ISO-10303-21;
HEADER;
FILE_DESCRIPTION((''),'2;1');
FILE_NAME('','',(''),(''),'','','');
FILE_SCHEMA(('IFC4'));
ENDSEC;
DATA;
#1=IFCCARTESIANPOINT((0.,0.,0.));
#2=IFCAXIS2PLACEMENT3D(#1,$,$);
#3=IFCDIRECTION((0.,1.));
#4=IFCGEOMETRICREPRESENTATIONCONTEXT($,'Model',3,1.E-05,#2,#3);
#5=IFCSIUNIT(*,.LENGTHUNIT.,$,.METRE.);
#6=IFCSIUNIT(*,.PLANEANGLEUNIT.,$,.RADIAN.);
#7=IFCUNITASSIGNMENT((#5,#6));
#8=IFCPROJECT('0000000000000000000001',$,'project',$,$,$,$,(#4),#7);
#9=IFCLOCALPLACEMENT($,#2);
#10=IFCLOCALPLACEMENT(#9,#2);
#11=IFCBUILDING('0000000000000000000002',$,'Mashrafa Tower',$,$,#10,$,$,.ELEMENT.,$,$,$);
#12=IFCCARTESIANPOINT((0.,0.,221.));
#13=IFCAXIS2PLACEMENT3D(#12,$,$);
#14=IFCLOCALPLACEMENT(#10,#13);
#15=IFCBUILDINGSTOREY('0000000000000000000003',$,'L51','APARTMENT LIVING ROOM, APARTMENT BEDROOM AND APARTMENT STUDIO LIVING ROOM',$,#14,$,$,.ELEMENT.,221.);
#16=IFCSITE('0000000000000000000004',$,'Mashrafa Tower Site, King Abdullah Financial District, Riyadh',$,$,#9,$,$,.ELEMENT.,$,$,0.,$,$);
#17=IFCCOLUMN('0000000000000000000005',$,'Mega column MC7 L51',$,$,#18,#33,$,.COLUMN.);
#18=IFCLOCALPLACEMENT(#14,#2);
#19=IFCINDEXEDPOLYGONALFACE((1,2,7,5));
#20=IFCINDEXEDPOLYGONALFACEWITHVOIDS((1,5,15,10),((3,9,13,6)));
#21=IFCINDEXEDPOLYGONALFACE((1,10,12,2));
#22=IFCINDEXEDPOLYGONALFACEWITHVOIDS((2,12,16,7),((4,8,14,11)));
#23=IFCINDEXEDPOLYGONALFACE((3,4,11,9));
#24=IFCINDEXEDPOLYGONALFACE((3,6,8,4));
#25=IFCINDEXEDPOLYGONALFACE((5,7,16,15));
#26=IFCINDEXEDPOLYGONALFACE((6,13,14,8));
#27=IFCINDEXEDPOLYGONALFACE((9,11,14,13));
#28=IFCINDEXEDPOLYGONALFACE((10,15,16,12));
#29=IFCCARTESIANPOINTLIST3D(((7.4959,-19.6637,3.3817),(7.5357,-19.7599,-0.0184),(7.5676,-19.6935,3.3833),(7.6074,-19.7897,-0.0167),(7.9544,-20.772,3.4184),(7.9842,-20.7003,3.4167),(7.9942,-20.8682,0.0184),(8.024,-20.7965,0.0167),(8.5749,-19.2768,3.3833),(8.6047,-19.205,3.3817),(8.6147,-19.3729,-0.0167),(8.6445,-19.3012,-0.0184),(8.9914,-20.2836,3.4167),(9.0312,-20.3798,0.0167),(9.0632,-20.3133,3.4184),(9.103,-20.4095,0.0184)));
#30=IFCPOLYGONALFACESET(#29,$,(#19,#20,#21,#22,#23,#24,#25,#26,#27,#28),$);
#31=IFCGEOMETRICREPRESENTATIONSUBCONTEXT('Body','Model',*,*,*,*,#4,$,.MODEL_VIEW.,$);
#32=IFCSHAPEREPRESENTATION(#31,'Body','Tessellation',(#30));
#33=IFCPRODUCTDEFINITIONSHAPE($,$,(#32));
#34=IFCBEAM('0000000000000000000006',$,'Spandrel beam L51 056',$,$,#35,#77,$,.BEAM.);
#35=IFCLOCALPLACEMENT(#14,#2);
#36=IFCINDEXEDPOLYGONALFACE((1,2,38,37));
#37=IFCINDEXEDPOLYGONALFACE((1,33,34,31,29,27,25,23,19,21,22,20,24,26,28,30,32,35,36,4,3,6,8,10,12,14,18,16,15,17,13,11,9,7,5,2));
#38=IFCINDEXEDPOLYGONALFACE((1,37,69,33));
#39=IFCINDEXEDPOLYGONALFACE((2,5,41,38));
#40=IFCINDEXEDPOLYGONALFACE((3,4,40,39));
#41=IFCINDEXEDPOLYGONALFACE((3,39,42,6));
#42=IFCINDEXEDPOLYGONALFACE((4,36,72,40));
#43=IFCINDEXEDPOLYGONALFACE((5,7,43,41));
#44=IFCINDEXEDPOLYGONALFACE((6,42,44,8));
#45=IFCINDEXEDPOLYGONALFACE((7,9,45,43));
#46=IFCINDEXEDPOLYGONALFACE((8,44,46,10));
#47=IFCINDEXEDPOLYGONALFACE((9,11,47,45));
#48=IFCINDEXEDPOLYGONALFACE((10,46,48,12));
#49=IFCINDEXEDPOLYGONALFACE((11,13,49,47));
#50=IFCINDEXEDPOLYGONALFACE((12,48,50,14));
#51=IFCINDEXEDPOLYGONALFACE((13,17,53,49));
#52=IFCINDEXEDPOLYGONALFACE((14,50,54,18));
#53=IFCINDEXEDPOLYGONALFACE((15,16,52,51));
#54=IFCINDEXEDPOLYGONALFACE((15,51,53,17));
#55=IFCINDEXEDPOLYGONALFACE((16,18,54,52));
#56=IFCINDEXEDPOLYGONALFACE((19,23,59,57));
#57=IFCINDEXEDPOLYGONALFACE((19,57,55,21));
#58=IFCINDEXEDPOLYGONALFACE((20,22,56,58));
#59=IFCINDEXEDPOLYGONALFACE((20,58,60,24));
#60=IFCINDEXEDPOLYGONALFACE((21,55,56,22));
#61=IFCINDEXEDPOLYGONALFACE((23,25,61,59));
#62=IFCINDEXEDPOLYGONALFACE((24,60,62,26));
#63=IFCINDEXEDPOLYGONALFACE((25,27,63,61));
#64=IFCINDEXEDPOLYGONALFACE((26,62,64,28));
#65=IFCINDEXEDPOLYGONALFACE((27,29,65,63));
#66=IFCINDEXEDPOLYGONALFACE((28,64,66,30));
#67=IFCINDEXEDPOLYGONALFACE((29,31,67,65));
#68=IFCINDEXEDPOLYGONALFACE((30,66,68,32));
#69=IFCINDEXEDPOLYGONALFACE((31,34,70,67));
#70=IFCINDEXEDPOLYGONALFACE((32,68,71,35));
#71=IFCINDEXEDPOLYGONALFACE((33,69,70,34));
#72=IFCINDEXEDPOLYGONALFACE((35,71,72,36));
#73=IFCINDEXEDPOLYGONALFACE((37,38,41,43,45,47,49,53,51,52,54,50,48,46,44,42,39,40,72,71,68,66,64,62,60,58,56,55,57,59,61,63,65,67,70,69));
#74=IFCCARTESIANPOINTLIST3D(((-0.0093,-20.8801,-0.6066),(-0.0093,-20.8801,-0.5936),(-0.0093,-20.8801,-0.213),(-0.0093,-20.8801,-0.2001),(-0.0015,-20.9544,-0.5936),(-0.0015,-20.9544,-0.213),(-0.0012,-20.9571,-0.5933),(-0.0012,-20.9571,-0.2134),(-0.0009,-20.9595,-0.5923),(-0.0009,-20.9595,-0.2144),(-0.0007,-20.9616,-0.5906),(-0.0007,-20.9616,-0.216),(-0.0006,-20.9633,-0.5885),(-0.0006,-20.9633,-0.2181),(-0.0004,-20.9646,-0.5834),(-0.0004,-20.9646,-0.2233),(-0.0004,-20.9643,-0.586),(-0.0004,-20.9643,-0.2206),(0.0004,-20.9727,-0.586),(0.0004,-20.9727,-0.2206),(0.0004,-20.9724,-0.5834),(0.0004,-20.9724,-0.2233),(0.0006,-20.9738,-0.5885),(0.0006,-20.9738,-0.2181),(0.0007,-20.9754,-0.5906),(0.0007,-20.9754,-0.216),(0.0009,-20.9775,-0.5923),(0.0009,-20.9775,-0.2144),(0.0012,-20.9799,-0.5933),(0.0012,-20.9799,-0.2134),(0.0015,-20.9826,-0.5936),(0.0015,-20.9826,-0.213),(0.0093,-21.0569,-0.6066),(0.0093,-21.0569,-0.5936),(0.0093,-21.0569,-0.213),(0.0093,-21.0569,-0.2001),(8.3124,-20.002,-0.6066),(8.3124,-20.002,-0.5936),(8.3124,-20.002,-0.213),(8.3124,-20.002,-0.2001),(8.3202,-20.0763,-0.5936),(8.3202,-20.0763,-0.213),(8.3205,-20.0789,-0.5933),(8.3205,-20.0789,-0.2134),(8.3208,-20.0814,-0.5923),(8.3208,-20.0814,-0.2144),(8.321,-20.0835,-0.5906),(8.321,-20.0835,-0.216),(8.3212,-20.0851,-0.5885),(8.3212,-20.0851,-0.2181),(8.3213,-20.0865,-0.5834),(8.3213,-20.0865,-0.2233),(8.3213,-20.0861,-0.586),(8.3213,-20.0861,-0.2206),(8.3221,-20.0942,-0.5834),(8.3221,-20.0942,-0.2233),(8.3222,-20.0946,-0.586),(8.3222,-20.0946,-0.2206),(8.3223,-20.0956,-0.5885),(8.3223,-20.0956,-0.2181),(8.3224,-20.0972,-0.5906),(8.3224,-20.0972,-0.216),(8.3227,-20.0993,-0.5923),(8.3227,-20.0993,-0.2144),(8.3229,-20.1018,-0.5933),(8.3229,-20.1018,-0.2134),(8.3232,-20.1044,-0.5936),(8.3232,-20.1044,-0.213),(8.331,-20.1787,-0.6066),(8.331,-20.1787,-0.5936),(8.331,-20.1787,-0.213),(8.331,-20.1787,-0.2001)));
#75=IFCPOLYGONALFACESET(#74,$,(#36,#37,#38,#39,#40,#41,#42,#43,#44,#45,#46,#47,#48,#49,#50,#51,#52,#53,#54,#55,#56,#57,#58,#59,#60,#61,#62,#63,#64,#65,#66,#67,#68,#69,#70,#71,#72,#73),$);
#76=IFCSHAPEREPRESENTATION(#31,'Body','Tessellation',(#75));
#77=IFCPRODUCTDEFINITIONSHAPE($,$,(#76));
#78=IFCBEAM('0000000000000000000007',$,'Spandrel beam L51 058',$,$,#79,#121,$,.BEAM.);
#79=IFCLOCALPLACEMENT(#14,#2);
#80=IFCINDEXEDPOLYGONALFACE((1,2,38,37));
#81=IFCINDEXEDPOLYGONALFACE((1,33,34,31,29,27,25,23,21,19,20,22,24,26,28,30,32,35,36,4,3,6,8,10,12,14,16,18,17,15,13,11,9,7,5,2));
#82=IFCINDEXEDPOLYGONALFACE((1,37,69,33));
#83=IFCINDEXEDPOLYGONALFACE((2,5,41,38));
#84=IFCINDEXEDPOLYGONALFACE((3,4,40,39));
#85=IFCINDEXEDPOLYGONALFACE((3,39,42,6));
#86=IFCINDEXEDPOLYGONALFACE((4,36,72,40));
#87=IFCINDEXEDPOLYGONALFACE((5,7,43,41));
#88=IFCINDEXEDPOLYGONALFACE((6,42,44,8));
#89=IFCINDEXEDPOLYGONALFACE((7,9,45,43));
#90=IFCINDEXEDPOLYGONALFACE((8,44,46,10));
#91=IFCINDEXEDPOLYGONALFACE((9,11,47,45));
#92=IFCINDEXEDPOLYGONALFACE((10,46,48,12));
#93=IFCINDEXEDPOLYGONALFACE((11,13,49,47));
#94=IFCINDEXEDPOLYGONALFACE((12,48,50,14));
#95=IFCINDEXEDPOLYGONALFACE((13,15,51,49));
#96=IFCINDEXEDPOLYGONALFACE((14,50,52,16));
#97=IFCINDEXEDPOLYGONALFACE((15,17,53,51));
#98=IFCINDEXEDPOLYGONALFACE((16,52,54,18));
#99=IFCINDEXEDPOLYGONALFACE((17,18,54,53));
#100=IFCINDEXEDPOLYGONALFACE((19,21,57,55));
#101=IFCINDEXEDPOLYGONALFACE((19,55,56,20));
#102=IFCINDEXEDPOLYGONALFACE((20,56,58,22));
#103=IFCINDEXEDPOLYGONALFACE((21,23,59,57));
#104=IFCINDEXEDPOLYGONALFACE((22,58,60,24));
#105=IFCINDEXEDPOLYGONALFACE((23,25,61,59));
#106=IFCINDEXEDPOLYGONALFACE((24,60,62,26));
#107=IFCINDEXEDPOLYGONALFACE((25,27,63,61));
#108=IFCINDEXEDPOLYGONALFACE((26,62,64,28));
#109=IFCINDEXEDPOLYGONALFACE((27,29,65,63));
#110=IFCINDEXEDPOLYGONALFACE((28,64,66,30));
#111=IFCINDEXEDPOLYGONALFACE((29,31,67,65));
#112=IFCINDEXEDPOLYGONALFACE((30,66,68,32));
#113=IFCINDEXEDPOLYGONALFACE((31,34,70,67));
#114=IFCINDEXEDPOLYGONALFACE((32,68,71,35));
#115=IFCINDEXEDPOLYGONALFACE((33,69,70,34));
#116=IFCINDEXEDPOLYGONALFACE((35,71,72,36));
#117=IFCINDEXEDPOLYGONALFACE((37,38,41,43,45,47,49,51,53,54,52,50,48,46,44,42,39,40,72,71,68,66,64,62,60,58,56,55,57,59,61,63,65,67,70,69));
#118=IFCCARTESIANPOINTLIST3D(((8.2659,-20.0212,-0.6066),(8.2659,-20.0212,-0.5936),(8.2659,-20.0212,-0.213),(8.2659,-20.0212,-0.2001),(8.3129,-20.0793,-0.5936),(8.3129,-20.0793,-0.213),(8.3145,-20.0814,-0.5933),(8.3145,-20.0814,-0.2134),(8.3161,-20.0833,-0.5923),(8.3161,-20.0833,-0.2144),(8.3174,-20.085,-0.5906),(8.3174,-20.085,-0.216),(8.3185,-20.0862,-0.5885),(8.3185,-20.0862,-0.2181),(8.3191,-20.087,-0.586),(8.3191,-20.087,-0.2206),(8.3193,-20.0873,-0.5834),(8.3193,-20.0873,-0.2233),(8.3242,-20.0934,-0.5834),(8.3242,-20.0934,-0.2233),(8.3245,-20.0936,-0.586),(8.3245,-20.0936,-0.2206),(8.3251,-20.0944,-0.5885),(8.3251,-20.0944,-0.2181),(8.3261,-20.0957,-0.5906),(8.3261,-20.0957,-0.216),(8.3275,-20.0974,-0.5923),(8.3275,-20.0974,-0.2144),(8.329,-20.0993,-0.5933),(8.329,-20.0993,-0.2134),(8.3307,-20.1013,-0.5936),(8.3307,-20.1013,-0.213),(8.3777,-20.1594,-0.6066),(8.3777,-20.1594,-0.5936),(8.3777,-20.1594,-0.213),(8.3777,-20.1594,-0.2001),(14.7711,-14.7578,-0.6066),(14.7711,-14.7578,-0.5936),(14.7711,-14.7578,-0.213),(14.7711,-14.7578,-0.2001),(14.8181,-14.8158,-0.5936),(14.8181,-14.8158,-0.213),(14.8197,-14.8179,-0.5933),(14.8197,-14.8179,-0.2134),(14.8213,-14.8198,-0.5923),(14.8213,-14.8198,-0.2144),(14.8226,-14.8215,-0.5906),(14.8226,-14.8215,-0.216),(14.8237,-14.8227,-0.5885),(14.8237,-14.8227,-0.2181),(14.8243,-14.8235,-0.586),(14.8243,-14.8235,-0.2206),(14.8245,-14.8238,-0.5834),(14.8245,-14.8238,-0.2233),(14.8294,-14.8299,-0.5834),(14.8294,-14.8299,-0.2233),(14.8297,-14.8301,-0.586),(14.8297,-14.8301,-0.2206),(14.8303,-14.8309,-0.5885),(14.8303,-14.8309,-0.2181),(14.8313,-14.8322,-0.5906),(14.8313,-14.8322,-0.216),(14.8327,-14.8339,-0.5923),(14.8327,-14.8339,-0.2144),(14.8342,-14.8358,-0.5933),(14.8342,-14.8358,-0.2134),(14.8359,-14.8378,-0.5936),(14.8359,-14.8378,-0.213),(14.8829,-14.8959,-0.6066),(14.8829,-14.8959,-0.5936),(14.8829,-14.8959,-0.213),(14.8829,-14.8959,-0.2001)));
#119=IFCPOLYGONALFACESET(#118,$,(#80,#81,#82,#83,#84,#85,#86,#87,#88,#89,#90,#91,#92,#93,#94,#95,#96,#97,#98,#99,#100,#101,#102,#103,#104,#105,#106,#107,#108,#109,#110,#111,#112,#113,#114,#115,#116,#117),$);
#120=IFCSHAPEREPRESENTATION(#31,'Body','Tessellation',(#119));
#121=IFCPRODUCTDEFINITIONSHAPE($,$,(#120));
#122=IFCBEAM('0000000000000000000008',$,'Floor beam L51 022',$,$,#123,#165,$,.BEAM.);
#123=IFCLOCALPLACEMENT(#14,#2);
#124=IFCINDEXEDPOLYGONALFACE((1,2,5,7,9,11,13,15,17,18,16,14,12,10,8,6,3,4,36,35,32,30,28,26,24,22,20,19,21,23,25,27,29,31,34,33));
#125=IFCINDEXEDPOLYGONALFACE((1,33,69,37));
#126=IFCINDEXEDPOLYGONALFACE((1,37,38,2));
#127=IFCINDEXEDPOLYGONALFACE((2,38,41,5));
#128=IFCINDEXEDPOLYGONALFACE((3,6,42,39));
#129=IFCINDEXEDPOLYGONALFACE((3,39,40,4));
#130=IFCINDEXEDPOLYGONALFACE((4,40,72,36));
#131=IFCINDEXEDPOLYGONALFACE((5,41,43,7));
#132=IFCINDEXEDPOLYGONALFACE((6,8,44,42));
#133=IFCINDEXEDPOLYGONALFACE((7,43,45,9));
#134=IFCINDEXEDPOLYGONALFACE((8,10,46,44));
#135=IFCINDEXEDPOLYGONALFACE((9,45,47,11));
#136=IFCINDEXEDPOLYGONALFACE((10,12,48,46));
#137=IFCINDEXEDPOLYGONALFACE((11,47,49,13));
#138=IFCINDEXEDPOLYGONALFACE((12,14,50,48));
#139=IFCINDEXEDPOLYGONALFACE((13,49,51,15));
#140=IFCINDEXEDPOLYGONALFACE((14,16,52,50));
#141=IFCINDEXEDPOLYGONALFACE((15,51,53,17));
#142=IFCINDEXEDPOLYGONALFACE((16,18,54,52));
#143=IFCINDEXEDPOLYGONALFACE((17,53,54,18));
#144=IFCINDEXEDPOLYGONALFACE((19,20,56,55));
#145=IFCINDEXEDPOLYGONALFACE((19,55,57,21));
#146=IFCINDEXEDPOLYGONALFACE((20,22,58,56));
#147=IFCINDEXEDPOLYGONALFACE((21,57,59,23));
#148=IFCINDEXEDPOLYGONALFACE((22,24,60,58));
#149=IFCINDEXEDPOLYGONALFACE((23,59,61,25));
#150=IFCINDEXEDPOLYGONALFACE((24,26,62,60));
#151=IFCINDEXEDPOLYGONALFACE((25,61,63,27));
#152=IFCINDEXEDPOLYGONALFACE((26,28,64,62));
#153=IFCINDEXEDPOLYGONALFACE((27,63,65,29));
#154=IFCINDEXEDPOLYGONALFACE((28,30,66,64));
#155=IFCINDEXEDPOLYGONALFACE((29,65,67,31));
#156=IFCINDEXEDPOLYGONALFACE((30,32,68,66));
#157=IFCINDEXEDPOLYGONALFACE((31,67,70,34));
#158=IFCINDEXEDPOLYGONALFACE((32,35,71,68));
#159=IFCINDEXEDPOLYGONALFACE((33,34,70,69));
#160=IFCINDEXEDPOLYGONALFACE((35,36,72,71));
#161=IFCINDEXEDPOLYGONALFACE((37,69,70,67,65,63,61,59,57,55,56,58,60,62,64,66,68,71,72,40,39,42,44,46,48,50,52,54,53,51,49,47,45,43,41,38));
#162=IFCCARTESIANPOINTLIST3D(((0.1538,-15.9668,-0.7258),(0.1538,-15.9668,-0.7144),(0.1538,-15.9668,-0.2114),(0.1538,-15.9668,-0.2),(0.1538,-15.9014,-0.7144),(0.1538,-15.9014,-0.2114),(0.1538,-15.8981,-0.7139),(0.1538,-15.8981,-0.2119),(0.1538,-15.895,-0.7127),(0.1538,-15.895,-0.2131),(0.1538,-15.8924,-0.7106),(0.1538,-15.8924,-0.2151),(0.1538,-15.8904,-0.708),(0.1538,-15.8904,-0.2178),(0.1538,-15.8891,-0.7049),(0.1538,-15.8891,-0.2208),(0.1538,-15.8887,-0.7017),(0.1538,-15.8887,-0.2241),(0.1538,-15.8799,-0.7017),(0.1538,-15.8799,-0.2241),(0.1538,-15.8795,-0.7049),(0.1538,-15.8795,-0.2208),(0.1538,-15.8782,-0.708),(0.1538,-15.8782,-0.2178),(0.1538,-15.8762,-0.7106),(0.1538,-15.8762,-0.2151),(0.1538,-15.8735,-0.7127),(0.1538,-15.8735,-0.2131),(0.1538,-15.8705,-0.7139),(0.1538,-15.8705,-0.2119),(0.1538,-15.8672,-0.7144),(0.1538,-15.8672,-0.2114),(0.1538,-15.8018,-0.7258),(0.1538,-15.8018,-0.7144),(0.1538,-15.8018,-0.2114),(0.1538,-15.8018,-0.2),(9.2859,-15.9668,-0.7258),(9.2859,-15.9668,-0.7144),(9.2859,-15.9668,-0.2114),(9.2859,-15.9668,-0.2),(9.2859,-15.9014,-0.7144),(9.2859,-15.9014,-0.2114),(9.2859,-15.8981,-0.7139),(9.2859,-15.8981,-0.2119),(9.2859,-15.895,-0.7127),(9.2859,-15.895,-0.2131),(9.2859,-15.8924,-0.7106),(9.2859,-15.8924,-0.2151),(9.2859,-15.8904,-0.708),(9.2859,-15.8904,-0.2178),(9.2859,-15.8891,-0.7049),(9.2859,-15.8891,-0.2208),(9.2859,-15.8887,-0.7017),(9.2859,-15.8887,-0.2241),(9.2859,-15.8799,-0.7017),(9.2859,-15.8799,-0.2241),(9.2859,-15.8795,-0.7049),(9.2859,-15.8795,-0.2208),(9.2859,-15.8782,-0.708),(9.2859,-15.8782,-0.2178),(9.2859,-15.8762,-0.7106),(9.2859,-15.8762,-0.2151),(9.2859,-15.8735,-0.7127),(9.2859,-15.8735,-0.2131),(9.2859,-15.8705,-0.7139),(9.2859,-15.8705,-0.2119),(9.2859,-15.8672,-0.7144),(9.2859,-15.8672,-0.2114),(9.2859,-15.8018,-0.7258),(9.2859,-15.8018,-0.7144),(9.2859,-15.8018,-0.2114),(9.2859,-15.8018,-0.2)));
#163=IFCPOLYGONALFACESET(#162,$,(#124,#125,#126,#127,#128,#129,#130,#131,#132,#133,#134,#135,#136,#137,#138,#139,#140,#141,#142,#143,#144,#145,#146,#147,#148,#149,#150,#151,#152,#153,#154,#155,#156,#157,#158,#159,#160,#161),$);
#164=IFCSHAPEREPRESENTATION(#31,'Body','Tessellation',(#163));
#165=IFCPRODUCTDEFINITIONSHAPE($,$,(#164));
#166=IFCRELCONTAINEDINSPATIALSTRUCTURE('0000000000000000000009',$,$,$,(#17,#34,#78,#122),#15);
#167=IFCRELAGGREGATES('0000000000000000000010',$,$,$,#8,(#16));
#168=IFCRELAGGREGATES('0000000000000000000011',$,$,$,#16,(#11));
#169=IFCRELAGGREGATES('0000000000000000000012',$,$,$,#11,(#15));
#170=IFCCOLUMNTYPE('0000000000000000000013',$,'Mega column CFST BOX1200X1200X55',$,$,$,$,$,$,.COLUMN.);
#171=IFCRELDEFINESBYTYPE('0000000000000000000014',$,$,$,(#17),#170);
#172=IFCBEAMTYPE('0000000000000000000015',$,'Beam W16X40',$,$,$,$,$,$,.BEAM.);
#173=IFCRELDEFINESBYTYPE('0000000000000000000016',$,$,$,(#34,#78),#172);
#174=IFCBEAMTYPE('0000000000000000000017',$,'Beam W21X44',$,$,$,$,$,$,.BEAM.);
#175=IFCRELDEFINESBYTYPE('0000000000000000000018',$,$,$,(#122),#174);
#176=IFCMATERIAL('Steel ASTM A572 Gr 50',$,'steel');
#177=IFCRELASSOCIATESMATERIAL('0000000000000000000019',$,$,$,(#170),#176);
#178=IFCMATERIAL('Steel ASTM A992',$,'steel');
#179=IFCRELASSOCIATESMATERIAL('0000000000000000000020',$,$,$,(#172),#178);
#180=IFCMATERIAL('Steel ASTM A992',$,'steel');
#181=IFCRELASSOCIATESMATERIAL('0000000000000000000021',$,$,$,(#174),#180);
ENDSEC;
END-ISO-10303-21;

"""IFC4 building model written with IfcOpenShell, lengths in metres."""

from ifc_helpers import new_model, si_unit, direction, frame, origin, origin_2d, place, context, subcontext, project, spatial, hollow_rectangle, i_section, extrude, material, material_profile, profile_set, type_object, element, save


model = new_model("IFC4")

# Units and contexts
model_context = context("Model", 3, precision=1e-05, world=origin(), true_north=direction((0.0, 1.0)))
body_context = subcontext(model_context, "Body", "Model", "MODEL_VIEW")
ifc_project = project(units=[si_unit("LENGTHUNIT", "METRE"), si_unit("PLANEANGLEUNIT", "RADIAN")], contexts=[model_context])

# Site, building, storey
site_placement = place(None, origin())
site = spatial("IfcSite", under=ifc_project, at=site_placement, Name="Mashrafa Tower Site, King Abdullah Financial District, Riyadh", CompositionType="ELEMENT", RefElevation=0.0)
building_placement = place(site_placement, origin())
building = spatial("IfcBuilding", under=site, at=building_placement, Name="Mashrafa Tower", CompositionType="ELEMENT")
storey_placement = place(building_placement, frame((0.0, 0.0, 221.0)))
storey = spatial("IfcBuildingStorey", under=building, at=storey_placement, Name="L51", Description="APARTMENT LIVING ROOM, APARTMENT BEDROOM AND APARTMENT STUDIO LIVING ROOM", CompositionType="ELEMENT", Elevation=221.0)

# Column
ifc_material_1 = material(Name="Steel ASTM A572 Gr 50", Category="steel")
ifc_material_profile_1 = material_profile(ifc_material_1, hollow_rectangle(XDim=1.2, YDim=1.2, WallThickness=0.0549, at=origin_2d()), Name="BOX1200X1200X55")
ifc_profile_set_1 = profile_set([ifc_material_profile_1], Name="Steel ASTM A572 Gr 50")
column_type = type_object("IfcColumnType", Name="Mega column CFST BOX1200X1200X55", PredefinedType="COLUMN", material=ifc_profile_set_1)
column_placement = place(storey_placement, frame((8.3193, -20.0847, 0.0), z_axis=(-0.011699, 0.028279, 0.999532), x_axis=(-0.924045, -0.382283, 0.0)))
element("IfcColumn", 1, at=column_placement, inside=storey, type_object=column_type, Name="Mega column MC7 L51", PredefinedType="COLUMN", context=body_context, shape_type="SweptSolid", body=[
    extrude(hollow_rectangle(XDim=1.2, YDim=1.2, WallThickness=0.0549, at=origin_2d()), origin(), (0.0, 0.0, 1.0), 3.4016),
])

# Beams
ifc_material_2 = material(Name="Steel ASTM A992", Category="steel")
ifc_material_profile_2 = material_profile(ifc_material_2, i_section(OverallWidth=0.1777, OverallDepth=0.4065, WebThickness=0.0078, FlangeThickness=0.0129, FilletRadius=0.0103, at=origin_2d()), Name="W16X40")
ifc_profile_set_2 = profile_set([ifc_material_profile_2], Name="Steel ASTM A992")
beam_type_1 = type_object("IfcBeamType", Name="Beam W16X40", PredefinedType="BEAM", material=ifc_profile_set_2)
for number, where, z_axis, x_axis, name in (
    (2, (0.0, -20.9685, -0.4033), (0.994478, 0.104944, 0.0), (-0.104944, 0.994478, 0.0), "Spandrel beam L51 056"),
    (3, (8.3218, -20.0903, -0.4033), (0.777398, 0.629009, 0.0), (-0.629009, 0.777398, 0.0), "Spandrel beam L51 058"),
):
    element("IfcBeam", number, at=place(storey_placement, frame(where, z_axis=z_axis, x_axis=x_axis)), inside=storey, type_object=beam_type_1, Name=name, PredefinedType="BEAM", context=body_context, shape_type="SweptSolid", body=[
        extrude(i_section(OverallWidth=0.1777, OverallDepth=0.4065, WebThickness=0.0078, FlangeThickness=0.0129, FilletRadius=0.0103, at=origin_2d()), origin(), (0.0, 0.0, 1.0), 8.3679),
    ])
ifc_material_3 = material(Name="Steel ASTM A992", Category="steel")
ifc_material_profile_3 = material_profile(ifc_material_3, i_section(OverallWidth=0.165, OverallDepth=0.5259, WebThickness=0.0088, FlangeThickness=0.0115, FilletRadius=0.0127, at=origin_2d()), Name="W21X44")
ifc_profile_set_3 = profile_set([ifc_material_profile_3], Name="Steel ASTM A992")
beam_type_2 = type_object("IfcBeamType", Name="Beam W21X44", PredefinedType="BEAM", material=ifc_profile_set_3)
beam_1_placement = place(storey_placement, frame((9.2859, -15.8843, -0.4629), z_axis=(-1.0, 0.0, 0.0), x_axis=(0.0, -1.0, 0.0)))
element("IfcBeam", 4, at=beam_1_placement, inside=storey, type_object=beam_type_2, Name="Floor beam L51 022", PredefinedType="BEAM", context=body_context, shape_type="SweptSolid", body=[
    extrude(i_section(OverallWidth=0.165, OverallDepth=0.5259, WebThickness=0.0088, FlangeThickness=0.0115, FilletRadius=0.0127, at=origin_2d()), origin(), (0.0, 0.0, 1.0), 9.1321),
])

save(model, "model.ifc")
